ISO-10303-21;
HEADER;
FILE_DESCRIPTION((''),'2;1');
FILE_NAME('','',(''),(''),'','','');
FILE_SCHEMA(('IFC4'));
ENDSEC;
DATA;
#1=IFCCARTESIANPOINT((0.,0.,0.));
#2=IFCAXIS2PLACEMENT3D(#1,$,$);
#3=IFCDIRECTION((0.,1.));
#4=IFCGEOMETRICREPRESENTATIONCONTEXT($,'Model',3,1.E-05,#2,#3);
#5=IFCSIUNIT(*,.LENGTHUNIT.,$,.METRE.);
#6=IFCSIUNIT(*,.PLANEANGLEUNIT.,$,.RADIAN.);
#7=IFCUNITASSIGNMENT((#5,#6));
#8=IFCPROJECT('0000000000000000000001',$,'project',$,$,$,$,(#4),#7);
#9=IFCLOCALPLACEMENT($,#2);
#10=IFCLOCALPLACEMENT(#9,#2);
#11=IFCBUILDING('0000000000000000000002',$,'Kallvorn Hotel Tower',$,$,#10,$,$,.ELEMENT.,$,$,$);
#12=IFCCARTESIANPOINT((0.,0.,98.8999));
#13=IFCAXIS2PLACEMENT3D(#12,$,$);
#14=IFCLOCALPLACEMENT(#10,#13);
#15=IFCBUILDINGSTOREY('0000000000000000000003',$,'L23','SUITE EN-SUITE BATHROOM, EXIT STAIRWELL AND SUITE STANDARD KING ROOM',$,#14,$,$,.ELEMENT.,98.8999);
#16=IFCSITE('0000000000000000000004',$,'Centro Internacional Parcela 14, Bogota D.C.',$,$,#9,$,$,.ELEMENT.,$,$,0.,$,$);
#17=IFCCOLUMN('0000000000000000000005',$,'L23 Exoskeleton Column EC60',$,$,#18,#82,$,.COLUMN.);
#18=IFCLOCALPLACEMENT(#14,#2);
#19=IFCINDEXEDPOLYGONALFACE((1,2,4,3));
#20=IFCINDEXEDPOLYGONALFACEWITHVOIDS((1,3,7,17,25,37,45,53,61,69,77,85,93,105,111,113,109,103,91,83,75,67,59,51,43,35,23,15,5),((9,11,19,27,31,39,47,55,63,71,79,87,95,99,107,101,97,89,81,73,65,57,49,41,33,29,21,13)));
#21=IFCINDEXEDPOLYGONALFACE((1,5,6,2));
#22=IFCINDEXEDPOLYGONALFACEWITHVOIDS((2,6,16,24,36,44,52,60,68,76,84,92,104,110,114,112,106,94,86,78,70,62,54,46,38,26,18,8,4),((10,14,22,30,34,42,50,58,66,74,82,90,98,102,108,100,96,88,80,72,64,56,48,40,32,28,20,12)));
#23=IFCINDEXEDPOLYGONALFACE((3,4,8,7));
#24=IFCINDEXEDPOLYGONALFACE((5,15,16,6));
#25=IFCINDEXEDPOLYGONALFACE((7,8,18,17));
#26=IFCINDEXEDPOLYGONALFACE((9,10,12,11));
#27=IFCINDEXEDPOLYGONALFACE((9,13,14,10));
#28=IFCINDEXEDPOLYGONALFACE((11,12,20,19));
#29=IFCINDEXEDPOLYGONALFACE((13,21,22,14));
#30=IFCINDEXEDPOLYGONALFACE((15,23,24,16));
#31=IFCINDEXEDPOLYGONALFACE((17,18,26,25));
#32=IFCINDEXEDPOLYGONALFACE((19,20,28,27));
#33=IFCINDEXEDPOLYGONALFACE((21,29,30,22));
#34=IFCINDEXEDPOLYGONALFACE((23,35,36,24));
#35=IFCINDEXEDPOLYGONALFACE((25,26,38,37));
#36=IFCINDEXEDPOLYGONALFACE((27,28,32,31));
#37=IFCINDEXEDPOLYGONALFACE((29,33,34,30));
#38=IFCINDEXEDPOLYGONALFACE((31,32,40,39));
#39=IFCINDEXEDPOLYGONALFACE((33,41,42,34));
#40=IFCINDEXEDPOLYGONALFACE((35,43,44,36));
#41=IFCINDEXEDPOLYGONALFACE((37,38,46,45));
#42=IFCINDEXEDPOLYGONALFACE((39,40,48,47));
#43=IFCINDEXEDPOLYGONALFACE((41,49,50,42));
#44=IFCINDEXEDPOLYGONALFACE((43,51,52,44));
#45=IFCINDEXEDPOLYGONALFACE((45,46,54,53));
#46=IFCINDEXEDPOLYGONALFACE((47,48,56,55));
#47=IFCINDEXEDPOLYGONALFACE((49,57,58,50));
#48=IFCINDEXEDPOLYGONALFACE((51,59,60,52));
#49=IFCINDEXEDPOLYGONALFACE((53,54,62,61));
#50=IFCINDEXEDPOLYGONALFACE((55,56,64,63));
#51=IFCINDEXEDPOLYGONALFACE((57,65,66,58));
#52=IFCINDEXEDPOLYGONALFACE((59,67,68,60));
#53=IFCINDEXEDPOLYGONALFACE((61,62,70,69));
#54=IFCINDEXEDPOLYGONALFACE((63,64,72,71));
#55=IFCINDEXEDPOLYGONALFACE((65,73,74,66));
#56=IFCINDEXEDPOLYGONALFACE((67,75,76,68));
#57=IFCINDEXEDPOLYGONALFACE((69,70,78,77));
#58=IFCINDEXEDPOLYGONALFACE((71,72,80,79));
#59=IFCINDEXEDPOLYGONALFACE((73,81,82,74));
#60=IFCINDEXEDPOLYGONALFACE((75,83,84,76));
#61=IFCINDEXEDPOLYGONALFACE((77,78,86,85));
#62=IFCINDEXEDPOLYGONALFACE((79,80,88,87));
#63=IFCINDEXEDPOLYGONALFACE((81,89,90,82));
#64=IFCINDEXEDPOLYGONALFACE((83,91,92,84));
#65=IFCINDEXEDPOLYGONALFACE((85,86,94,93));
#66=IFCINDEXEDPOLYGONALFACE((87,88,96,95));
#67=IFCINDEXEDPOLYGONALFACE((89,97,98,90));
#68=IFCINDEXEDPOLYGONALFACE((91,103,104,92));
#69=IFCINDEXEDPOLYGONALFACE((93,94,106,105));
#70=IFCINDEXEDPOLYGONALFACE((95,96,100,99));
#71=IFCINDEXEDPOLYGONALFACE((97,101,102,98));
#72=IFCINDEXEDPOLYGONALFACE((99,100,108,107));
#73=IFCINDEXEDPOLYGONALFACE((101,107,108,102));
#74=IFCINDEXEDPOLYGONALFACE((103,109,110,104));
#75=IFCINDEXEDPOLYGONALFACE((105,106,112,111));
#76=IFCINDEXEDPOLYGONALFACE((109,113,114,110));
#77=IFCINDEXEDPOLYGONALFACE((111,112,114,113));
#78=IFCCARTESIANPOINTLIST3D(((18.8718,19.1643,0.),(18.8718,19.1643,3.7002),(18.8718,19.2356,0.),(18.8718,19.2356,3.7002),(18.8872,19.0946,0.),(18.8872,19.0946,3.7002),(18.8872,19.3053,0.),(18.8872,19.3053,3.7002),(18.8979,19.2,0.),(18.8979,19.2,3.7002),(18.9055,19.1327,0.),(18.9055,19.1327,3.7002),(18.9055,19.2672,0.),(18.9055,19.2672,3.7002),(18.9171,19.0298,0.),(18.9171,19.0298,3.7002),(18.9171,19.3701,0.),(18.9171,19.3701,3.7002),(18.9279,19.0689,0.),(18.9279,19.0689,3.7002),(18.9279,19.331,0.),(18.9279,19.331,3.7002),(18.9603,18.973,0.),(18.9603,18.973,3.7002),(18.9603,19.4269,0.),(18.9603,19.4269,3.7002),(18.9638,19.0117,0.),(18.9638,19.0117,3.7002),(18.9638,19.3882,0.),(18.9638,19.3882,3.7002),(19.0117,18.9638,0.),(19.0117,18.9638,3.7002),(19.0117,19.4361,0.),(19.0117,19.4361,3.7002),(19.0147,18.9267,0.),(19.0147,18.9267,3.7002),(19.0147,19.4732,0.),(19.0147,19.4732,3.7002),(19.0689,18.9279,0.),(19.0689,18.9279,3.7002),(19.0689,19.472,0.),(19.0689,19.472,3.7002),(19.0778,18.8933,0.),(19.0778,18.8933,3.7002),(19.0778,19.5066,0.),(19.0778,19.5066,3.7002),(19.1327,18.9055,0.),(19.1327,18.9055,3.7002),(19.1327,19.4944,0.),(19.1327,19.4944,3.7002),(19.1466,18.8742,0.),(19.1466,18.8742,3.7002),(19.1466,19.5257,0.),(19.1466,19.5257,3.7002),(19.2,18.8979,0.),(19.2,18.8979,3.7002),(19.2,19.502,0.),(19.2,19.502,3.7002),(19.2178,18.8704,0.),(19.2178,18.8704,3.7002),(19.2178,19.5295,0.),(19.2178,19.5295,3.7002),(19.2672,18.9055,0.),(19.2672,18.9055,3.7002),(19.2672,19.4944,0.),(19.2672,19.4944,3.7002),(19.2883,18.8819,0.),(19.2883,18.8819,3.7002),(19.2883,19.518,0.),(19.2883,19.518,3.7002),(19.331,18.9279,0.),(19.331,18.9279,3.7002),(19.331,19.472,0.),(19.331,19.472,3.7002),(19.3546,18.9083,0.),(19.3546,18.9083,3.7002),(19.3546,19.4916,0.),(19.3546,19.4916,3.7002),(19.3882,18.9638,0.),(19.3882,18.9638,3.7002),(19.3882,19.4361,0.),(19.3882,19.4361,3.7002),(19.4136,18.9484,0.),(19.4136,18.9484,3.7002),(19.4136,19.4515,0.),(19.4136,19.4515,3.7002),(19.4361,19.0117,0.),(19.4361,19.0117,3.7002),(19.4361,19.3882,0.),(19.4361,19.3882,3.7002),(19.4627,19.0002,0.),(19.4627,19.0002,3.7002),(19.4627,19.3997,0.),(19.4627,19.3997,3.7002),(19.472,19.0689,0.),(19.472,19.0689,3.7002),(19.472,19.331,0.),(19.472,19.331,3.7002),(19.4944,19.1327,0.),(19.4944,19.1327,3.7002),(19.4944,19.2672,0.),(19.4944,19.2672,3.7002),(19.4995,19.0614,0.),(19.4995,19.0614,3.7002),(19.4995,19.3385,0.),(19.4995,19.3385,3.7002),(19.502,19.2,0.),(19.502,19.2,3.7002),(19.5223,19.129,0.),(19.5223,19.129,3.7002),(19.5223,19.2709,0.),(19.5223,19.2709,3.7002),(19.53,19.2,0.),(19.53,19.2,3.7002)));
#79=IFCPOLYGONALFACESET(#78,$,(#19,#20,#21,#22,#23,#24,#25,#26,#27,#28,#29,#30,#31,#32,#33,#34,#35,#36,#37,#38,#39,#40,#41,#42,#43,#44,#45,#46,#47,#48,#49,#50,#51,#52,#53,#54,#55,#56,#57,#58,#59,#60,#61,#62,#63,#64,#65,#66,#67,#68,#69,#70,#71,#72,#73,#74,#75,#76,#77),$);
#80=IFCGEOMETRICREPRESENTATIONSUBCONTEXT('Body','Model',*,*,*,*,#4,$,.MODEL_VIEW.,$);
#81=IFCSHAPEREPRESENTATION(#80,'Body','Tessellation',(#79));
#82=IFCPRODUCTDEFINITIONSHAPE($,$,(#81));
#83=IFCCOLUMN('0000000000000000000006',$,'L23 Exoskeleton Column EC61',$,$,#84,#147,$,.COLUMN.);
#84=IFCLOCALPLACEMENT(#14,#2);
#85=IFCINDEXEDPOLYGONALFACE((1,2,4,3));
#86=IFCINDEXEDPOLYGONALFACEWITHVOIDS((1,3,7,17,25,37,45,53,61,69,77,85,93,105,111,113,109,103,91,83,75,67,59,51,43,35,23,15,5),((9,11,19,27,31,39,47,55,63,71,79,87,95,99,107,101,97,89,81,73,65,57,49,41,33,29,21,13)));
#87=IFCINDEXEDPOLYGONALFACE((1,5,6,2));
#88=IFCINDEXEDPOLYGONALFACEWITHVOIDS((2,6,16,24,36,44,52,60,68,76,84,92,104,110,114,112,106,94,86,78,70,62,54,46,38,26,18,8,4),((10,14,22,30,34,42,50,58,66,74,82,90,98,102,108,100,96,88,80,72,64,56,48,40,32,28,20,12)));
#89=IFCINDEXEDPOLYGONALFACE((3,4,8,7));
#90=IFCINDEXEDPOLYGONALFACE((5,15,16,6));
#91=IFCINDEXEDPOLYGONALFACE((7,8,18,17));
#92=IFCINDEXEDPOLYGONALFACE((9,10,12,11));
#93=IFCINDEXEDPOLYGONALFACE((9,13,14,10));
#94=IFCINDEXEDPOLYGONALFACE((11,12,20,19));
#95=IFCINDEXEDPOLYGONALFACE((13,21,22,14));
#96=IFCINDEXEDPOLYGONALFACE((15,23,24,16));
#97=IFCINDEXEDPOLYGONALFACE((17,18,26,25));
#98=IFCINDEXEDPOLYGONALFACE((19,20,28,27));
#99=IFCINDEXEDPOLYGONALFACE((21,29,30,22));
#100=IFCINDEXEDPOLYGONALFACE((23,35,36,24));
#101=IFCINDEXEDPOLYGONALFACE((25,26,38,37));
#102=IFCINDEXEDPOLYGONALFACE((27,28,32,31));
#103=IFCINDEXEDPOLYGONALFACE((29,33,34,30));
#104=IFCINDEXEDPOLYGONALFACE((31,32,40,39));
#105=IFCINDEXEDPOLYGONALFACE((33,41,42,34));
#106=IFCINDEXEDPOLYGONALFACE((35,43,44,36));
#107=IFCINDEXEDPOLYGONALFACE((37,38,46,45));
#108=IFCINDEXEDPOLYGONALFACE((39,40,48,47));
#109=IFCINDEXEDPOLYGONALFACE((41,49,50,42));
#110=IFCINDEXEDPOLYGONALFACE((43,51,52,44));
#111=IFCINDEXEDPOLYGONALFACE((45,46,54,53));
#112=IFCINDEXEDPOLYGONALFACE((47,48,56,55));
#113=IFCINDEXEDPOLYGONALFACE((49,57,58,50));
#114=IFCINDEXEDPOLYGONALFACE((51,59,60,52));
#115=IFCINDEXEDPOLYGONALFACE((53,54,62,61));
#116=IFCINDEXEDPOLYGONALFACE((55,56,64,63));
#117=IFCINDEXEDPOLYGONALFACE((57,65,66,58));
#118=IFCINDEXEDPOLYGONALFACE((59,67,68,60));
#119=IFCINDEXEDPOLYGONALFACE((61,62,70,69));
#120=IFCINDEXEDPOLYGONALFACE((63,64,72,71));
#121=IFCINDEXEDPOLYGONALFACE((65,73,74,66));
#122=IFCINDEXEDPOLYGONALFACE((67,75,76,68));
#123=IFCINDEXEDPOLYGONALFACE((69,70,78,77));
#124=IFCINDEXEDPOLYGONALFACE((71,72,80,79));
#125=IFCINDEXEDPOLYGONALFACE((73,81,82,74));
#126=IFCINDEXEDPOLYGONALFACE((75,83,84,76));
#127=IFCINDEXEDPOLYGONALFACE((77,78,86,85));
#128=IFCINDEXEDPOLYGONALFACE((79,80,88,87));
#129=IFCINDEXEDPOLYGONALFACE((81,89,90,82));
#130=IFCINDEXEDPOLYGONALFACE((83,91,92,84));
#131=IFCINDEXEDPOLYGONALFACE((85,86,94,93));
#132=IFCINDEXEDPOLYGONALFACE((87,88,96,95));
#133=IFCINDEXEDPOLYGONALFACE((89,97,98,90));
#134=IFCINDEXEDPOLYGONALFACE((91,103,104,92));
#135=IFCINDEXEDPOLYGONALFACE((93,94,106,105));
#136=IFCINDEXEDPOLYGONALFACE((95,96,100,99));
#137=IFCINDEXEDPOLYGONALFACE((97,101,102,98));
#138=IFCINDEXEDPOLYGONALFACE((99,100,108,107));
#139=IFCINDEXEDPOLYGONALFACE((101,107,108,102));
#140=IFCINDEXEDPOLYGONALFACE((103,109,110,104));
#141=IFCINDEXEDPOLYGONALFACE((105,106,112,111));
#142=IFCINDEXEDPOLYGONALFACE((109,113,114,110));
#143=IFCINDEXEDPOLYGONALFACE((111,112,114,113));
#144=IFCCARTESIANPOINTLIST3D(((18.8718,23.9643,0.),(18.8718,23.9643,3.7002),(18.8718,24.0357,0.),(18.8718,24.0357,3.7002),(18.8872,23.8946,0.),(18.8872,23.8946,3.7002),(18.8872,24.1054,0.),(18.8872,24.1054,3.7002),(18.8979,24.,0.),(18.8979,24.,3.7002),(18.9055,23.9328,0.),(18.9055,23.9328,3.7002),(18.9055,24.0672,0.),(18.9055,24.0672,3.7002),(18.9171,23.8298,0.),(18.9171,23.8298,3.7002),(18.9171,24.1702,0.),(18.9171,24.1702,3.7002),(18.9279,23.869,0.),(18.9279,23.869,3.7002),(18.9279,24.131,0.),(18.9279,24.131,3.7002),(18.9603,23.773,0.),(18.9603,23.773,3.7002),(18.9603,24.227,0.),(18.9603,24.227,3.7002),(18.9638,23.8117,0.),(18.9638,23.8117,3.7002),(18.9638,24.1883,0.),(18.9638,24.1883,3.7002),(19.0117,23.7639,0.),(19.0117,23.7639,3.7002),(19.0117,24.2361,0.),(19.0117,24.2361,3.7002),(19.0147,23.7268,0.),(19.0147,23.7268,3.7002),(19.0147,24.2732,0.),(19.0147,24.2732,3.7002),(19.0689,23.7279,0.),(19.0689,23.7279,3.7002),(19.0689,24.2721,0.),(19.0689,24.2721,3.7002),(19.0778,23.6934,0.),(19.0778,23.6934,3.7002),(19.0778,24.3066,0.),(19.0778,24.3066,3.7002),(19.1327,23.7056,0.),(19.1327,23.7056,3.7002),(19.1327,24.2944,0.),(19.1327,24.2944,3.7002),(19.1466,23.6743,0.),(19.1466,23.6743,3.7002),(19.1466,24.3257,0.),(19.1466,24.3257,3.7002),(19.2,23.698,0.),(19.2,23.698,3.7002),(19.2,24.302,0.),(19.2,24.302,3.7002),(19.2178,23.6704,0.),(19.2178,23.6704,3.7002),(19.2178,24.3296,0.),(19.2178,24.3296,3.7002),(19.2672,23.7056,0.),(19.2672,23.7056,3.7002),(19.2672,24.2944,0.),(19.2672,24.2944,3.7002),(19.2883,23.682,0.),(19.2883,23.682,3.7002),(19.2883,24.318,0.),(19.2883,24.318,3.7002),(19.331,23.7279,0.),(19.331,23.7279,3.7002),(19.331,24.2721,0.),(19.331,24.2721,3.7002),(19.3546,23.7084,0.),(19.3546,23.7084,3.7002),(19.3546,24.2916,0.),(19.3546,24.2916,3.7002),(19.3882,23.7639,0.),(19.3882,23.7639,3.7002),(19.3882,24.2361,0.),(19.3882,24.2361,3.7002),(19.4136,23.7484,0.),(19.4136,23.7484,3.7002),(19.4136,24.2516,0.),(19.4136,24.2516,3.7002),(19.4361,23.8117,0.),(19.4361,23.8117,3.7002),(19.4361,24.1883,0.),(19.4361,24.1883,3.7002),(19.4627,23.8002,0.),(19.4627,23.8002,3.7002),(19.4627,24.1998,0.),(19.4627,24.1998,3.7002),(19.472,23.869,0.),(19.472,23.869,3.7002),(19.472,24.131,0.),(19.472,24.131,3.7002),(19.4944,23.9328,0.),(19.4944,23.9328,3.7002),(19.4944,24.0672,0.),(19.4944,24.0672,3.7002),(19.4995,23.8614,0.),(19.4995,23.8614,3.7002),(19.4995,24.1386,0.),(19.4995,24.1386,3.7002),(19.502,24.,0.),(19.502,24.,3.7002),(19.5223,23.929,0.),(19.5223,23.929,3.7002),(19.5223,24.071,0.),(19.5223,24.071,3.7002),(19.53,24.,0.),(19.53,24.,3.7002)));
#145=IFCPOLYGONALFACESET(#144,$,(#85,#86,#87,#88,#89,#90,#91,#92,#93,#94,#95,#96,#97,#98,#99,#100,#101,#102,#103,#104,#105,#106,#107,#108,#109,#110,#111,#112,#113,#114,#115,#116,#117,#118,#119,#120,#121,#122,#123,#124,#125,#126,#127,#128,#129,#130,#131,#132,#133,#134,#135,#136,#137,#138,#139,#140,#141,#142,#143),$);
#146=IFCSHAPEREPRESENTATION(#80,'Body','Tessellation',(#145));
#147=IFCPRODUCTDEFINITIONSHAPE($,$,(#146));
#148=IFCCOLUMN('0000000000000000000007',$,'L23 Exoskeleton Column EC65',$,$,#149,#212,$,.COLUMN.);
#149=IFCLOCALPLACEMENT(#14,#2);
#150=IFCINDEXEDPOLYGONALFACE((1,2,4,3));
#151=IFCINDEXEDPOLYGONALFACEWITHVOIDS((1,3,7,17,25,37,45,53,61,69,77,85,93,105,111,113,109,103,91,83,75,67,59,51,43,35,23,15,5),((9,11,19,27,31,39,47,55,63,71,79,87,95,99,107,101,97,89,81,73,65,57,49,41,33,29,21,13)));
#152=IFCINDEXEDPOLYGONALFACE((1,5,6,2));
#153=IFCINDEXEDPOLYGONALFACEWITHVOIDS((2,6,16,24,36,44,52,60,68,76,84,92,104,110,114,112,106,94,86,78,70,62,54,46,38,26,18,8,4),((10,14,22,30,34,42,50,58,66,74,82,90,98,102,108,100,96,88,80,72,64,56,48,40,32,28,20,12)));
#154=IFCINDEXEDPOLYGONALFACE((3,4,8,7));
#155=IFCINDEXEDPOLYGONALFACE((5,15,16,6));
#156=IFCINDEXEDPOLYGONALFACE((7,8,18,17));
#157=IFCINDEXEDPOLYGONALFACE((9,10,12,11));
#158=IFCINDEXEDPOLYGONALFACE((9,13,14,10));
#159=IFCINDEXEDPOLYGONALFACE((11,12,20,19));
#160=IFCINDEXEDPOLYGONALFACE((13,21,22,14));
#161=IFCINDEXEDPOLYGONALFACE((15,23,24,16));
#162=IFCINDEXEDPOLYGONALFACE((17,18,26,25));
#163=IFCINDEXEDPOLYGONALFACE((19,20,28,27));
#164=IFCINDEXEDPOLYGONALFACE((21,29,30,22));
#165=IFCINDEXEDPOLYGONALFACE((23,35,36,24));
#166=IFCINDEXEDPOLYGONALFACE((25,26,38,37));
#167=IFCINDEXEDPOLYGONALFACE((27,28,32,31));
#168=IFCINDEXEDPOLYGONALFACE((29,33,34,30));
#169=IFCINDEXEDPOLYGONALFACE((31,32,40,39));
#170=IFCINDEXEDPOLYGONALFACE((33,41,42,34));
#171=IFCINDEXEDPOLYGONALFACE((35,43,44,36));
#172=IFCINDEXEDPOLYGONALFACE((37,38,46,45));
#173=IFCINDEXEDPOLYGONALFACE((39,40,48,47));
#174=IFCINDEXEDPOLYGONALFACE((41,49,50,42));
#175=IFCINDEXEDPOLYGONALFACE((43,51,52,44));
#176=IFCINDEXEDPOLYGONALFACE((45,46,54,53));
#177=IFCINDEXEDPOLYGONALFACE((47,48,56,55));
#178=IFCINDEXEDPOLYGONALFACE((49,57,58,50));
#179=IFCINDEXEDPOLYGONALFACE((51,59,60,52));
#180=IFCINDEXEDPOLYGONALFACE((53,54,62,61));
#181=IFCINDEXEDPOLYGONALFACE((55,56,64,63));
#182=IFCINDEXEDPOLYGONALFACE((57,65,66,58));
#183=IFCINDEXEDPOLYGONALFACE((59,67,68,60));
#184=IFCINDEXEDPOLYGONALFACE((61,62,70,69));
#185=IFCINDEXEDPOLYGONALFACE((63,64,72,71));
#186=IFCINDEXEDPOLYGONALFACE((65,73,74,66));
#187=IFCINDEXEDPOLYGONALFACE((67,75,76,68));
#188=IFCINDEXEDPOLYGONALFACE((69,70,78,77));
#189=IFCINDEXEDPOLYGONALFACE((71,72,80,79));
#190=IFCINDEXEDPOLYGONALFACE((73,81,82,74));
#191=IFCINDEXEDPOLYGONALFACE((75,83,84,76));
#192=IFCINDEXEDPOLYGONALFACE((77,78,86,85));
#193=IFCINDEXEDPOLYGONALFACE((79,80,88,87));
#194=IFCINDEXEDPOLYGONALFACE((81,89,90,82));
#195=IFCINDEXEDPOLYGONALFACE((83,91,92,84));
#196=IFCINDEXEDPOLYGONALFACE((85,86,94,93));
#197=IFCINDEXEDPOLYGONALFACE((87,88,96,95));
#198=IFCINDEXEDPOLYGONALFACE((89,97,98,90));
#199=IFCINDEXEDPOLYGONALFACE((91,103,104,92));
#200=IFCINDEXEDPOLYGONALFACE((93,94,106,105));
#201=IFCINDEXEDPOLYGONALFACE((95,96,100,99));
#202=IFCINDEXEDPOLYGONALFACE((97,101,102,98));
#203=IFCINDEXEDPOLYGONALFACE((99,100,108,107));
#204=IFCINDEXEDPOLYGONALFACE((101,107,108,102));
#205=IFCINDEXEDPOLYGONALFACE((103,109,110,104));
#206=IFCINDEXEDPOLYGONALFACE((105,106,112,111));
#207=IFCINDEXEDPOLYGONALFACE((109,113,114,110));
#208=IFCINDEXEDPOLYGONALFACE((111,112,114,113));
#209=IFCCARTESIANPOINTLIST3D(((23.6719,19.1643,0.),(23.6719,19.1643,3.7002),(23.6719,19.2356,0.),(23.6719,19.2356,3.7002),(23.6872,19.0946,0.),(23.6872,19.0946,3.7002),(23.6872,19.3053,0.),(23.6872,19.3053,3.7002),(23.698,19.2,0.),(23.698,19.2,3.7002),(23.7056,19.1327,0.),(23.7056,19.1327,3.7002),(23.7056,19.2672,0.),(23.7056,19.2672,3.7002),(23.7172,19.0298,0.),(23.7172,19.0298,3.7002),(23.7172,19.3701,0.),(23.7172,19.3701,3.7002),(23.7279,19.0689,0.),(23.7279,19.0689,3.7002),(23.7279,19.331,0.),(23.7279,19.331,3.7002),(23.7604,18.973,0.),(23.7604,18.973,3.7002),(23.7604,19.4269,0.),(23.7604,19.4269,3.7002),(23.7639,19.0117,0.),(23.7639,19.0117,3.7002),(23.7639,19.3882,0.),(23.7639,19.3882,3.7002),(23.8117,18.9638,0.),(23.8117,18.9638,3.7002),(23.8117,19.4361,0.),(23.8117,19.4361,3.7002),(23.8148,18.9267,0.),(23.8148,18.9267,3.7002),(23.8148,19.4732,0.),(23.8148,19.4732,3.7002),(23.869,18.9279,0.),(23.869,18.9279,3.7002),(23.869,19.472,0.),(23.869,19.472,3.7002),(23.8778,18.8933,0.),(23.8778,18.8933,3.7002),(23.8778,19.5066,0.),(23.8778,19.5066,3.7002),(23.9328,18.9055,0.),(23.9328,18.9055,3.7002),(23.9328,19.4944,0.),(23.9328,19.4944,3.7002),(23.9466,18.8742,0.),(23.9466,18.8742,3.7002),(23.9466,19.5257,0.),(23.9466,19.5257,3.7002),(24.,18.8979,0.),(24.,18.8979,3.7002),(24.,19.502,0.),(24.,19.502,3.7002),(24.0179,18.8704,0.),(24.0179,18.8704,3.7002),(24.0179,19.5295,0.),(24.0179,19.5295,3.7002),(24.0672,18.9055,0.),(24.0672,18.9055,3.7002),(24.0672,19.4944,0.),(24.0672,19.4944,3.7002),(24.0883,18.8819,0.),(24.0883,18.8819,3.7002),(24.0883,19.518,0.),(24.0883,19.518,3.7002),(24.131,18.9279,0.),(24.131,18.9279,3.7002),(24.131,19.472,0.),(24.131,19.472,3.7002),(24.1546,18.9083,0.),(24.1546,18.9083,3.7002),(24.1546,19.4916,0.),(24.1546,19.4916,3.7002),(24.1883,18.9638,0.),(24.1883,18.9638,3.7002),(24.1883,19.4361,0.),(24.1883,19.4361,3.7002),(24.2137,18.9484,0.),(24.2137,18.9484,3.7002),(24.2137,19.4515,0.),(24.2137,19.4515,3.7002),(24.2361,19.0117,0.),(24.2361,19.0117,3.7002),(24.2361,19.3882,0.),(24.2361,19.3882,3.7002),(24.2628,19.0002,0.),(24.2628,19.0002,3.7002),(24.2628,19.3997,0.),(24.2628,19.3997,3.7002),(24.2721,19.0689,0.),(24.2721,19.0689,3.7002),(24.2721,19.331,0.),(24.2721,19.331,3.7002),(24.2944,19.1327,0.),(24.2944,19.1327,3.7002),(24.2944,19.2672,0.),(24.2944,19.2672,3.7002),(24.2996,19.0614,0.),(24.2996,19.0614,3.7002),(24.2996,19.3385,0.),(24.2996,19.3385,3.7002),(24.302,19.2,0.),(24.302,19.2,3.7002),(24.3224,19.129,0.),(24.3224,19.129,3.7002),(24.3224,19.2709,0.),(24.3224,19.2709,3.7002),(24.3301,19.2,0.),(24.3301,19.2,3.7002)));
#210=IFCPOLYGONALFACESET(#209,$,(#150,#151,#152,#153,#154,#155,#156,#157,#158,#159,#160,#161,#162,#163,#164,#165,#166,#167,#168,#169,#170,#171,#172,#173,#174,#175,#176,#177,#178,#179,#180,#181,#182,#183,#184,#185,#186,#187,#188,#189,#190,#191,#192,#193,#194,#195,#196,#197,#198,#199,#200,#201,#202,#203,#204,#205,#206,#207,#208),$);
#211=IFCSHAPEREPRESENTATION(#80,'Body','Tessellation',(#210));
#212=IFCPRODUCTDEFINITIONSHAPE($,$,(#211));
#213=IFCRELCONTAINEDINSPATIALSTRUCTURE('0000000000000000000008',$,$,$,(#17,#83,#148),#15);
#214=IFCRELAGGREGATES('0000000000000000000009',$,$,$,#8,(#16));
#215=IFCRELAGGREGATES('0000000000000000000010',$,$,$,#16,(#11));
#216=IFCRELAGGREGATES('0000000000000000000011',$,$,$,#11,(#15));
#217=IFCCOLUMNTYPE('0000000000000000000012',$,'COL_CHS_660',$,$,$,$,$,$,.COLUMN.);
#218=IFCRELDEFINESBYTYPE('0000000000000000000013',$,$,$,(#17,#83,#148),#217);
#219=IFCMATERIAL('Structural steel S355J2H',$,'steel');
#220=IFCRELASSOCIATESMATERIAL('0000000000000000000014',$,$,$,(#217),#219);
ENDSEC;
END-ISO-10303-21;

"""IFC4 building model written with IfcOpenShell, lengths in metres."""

from ifc_helpers import new_model, si_unit, direction, frame, origin, origin_2d, place, context, subcontext, project, spatial, hollow_circle, extrude, material, material_profile, profile_set, type_object, element, save


model = new_model("IFC4")

# Units and contexts
model_context = context("Model", 3, precision=1e-05, world=origin(), true_north=direction((0.0, 1.0)))
body_context = subcontext(model_context, "Body", "Model", "MODEL_VIEW")
ifc_project = project(units=[si_unit("LENGTHUNIT", "METRE"), si_unit("PLANEANGLEUNIT", "RADIAN")], contexts=[model_context])

# Site, building, storey
site_placement = place(None, origin())
site = spatial("IfcSite", under=ifc_project, at=site_placement, Name="Centro Internacional Parcela 14, Bogota D.C.", CompositionType="ELEMENT", RefElevation=0.0)
building_placement = place(site_placement, origin())
building = spatial("IfcBuilding", under=site, at=building_placement, Name="Kallvorn Hotel Tower", CompositionType="ELEMENT")
storey_placement = place(building_placement, frame((0.0, 0.0, 98.8999)))
storey = spatial("IfcBuildingStorey", under=building, at=storey_placement, Name="L23", Description="SUITE EN-SUITE BATHROOM, EXIT STAIRWELL AND SUITE STANDARD KING ROOM", CompositionType="ELEMENT", Elevation=98.8999)

# Columns
ifc_material_1 = material(Name="Structural steel S355J2H", Category="steel")
ifc_material_profile_1 = material_profile(ifc_material_1, hollow_circle(Radius=0.3301, WallThickness=0.0281, at=origin_2d()), Name="CHS 660x28")
ifc_profile_set_1 = profile_set([ifc_material_profile_1], Name="Structural steel S355J2H")
column_type = type_object("IfcColumnType", Name="COL_CHS_660", PredefinedType="COLUMN", material=ifc_profile_set_1)
for number, where, z_axis, x_axis, name in (
    (1, (19.2, 19.2, 0.0), (0.0, 0.0, 1.0), (1.0, 0.0, 0.0), "L23 Exoskeleton Column EC60"),
    (2, (19.2, 24.0, 0.0), (0.0, 0.0, 1.0), (1.0, 0.0, 0.0), "L23 Exoskeleton Column EC61"),
    (3, (24.0, 19.2, 0.0), (0.0, 0.0, 1.0), (1.0, 0.0, 0.0), "L23 Exoskeleton Column EC65"),
):
    element("IfcColumn", number, at=place(storey_placement, frame(where, z_axis=z_axis, x_axis=x_axis)), inside=storey, type_object=column_type, Name=name, PredefinedType="COLUMN", context=body_context, shape_type="SweptSolid", body=[
        extrude(hollow_circle(Radius=0.3301, WallThickness=0.0281, at=origin_2d()), origin(), (0.0, 0.0, 1.0), 3.7002),
    ])

save(model, "model.ifc")
